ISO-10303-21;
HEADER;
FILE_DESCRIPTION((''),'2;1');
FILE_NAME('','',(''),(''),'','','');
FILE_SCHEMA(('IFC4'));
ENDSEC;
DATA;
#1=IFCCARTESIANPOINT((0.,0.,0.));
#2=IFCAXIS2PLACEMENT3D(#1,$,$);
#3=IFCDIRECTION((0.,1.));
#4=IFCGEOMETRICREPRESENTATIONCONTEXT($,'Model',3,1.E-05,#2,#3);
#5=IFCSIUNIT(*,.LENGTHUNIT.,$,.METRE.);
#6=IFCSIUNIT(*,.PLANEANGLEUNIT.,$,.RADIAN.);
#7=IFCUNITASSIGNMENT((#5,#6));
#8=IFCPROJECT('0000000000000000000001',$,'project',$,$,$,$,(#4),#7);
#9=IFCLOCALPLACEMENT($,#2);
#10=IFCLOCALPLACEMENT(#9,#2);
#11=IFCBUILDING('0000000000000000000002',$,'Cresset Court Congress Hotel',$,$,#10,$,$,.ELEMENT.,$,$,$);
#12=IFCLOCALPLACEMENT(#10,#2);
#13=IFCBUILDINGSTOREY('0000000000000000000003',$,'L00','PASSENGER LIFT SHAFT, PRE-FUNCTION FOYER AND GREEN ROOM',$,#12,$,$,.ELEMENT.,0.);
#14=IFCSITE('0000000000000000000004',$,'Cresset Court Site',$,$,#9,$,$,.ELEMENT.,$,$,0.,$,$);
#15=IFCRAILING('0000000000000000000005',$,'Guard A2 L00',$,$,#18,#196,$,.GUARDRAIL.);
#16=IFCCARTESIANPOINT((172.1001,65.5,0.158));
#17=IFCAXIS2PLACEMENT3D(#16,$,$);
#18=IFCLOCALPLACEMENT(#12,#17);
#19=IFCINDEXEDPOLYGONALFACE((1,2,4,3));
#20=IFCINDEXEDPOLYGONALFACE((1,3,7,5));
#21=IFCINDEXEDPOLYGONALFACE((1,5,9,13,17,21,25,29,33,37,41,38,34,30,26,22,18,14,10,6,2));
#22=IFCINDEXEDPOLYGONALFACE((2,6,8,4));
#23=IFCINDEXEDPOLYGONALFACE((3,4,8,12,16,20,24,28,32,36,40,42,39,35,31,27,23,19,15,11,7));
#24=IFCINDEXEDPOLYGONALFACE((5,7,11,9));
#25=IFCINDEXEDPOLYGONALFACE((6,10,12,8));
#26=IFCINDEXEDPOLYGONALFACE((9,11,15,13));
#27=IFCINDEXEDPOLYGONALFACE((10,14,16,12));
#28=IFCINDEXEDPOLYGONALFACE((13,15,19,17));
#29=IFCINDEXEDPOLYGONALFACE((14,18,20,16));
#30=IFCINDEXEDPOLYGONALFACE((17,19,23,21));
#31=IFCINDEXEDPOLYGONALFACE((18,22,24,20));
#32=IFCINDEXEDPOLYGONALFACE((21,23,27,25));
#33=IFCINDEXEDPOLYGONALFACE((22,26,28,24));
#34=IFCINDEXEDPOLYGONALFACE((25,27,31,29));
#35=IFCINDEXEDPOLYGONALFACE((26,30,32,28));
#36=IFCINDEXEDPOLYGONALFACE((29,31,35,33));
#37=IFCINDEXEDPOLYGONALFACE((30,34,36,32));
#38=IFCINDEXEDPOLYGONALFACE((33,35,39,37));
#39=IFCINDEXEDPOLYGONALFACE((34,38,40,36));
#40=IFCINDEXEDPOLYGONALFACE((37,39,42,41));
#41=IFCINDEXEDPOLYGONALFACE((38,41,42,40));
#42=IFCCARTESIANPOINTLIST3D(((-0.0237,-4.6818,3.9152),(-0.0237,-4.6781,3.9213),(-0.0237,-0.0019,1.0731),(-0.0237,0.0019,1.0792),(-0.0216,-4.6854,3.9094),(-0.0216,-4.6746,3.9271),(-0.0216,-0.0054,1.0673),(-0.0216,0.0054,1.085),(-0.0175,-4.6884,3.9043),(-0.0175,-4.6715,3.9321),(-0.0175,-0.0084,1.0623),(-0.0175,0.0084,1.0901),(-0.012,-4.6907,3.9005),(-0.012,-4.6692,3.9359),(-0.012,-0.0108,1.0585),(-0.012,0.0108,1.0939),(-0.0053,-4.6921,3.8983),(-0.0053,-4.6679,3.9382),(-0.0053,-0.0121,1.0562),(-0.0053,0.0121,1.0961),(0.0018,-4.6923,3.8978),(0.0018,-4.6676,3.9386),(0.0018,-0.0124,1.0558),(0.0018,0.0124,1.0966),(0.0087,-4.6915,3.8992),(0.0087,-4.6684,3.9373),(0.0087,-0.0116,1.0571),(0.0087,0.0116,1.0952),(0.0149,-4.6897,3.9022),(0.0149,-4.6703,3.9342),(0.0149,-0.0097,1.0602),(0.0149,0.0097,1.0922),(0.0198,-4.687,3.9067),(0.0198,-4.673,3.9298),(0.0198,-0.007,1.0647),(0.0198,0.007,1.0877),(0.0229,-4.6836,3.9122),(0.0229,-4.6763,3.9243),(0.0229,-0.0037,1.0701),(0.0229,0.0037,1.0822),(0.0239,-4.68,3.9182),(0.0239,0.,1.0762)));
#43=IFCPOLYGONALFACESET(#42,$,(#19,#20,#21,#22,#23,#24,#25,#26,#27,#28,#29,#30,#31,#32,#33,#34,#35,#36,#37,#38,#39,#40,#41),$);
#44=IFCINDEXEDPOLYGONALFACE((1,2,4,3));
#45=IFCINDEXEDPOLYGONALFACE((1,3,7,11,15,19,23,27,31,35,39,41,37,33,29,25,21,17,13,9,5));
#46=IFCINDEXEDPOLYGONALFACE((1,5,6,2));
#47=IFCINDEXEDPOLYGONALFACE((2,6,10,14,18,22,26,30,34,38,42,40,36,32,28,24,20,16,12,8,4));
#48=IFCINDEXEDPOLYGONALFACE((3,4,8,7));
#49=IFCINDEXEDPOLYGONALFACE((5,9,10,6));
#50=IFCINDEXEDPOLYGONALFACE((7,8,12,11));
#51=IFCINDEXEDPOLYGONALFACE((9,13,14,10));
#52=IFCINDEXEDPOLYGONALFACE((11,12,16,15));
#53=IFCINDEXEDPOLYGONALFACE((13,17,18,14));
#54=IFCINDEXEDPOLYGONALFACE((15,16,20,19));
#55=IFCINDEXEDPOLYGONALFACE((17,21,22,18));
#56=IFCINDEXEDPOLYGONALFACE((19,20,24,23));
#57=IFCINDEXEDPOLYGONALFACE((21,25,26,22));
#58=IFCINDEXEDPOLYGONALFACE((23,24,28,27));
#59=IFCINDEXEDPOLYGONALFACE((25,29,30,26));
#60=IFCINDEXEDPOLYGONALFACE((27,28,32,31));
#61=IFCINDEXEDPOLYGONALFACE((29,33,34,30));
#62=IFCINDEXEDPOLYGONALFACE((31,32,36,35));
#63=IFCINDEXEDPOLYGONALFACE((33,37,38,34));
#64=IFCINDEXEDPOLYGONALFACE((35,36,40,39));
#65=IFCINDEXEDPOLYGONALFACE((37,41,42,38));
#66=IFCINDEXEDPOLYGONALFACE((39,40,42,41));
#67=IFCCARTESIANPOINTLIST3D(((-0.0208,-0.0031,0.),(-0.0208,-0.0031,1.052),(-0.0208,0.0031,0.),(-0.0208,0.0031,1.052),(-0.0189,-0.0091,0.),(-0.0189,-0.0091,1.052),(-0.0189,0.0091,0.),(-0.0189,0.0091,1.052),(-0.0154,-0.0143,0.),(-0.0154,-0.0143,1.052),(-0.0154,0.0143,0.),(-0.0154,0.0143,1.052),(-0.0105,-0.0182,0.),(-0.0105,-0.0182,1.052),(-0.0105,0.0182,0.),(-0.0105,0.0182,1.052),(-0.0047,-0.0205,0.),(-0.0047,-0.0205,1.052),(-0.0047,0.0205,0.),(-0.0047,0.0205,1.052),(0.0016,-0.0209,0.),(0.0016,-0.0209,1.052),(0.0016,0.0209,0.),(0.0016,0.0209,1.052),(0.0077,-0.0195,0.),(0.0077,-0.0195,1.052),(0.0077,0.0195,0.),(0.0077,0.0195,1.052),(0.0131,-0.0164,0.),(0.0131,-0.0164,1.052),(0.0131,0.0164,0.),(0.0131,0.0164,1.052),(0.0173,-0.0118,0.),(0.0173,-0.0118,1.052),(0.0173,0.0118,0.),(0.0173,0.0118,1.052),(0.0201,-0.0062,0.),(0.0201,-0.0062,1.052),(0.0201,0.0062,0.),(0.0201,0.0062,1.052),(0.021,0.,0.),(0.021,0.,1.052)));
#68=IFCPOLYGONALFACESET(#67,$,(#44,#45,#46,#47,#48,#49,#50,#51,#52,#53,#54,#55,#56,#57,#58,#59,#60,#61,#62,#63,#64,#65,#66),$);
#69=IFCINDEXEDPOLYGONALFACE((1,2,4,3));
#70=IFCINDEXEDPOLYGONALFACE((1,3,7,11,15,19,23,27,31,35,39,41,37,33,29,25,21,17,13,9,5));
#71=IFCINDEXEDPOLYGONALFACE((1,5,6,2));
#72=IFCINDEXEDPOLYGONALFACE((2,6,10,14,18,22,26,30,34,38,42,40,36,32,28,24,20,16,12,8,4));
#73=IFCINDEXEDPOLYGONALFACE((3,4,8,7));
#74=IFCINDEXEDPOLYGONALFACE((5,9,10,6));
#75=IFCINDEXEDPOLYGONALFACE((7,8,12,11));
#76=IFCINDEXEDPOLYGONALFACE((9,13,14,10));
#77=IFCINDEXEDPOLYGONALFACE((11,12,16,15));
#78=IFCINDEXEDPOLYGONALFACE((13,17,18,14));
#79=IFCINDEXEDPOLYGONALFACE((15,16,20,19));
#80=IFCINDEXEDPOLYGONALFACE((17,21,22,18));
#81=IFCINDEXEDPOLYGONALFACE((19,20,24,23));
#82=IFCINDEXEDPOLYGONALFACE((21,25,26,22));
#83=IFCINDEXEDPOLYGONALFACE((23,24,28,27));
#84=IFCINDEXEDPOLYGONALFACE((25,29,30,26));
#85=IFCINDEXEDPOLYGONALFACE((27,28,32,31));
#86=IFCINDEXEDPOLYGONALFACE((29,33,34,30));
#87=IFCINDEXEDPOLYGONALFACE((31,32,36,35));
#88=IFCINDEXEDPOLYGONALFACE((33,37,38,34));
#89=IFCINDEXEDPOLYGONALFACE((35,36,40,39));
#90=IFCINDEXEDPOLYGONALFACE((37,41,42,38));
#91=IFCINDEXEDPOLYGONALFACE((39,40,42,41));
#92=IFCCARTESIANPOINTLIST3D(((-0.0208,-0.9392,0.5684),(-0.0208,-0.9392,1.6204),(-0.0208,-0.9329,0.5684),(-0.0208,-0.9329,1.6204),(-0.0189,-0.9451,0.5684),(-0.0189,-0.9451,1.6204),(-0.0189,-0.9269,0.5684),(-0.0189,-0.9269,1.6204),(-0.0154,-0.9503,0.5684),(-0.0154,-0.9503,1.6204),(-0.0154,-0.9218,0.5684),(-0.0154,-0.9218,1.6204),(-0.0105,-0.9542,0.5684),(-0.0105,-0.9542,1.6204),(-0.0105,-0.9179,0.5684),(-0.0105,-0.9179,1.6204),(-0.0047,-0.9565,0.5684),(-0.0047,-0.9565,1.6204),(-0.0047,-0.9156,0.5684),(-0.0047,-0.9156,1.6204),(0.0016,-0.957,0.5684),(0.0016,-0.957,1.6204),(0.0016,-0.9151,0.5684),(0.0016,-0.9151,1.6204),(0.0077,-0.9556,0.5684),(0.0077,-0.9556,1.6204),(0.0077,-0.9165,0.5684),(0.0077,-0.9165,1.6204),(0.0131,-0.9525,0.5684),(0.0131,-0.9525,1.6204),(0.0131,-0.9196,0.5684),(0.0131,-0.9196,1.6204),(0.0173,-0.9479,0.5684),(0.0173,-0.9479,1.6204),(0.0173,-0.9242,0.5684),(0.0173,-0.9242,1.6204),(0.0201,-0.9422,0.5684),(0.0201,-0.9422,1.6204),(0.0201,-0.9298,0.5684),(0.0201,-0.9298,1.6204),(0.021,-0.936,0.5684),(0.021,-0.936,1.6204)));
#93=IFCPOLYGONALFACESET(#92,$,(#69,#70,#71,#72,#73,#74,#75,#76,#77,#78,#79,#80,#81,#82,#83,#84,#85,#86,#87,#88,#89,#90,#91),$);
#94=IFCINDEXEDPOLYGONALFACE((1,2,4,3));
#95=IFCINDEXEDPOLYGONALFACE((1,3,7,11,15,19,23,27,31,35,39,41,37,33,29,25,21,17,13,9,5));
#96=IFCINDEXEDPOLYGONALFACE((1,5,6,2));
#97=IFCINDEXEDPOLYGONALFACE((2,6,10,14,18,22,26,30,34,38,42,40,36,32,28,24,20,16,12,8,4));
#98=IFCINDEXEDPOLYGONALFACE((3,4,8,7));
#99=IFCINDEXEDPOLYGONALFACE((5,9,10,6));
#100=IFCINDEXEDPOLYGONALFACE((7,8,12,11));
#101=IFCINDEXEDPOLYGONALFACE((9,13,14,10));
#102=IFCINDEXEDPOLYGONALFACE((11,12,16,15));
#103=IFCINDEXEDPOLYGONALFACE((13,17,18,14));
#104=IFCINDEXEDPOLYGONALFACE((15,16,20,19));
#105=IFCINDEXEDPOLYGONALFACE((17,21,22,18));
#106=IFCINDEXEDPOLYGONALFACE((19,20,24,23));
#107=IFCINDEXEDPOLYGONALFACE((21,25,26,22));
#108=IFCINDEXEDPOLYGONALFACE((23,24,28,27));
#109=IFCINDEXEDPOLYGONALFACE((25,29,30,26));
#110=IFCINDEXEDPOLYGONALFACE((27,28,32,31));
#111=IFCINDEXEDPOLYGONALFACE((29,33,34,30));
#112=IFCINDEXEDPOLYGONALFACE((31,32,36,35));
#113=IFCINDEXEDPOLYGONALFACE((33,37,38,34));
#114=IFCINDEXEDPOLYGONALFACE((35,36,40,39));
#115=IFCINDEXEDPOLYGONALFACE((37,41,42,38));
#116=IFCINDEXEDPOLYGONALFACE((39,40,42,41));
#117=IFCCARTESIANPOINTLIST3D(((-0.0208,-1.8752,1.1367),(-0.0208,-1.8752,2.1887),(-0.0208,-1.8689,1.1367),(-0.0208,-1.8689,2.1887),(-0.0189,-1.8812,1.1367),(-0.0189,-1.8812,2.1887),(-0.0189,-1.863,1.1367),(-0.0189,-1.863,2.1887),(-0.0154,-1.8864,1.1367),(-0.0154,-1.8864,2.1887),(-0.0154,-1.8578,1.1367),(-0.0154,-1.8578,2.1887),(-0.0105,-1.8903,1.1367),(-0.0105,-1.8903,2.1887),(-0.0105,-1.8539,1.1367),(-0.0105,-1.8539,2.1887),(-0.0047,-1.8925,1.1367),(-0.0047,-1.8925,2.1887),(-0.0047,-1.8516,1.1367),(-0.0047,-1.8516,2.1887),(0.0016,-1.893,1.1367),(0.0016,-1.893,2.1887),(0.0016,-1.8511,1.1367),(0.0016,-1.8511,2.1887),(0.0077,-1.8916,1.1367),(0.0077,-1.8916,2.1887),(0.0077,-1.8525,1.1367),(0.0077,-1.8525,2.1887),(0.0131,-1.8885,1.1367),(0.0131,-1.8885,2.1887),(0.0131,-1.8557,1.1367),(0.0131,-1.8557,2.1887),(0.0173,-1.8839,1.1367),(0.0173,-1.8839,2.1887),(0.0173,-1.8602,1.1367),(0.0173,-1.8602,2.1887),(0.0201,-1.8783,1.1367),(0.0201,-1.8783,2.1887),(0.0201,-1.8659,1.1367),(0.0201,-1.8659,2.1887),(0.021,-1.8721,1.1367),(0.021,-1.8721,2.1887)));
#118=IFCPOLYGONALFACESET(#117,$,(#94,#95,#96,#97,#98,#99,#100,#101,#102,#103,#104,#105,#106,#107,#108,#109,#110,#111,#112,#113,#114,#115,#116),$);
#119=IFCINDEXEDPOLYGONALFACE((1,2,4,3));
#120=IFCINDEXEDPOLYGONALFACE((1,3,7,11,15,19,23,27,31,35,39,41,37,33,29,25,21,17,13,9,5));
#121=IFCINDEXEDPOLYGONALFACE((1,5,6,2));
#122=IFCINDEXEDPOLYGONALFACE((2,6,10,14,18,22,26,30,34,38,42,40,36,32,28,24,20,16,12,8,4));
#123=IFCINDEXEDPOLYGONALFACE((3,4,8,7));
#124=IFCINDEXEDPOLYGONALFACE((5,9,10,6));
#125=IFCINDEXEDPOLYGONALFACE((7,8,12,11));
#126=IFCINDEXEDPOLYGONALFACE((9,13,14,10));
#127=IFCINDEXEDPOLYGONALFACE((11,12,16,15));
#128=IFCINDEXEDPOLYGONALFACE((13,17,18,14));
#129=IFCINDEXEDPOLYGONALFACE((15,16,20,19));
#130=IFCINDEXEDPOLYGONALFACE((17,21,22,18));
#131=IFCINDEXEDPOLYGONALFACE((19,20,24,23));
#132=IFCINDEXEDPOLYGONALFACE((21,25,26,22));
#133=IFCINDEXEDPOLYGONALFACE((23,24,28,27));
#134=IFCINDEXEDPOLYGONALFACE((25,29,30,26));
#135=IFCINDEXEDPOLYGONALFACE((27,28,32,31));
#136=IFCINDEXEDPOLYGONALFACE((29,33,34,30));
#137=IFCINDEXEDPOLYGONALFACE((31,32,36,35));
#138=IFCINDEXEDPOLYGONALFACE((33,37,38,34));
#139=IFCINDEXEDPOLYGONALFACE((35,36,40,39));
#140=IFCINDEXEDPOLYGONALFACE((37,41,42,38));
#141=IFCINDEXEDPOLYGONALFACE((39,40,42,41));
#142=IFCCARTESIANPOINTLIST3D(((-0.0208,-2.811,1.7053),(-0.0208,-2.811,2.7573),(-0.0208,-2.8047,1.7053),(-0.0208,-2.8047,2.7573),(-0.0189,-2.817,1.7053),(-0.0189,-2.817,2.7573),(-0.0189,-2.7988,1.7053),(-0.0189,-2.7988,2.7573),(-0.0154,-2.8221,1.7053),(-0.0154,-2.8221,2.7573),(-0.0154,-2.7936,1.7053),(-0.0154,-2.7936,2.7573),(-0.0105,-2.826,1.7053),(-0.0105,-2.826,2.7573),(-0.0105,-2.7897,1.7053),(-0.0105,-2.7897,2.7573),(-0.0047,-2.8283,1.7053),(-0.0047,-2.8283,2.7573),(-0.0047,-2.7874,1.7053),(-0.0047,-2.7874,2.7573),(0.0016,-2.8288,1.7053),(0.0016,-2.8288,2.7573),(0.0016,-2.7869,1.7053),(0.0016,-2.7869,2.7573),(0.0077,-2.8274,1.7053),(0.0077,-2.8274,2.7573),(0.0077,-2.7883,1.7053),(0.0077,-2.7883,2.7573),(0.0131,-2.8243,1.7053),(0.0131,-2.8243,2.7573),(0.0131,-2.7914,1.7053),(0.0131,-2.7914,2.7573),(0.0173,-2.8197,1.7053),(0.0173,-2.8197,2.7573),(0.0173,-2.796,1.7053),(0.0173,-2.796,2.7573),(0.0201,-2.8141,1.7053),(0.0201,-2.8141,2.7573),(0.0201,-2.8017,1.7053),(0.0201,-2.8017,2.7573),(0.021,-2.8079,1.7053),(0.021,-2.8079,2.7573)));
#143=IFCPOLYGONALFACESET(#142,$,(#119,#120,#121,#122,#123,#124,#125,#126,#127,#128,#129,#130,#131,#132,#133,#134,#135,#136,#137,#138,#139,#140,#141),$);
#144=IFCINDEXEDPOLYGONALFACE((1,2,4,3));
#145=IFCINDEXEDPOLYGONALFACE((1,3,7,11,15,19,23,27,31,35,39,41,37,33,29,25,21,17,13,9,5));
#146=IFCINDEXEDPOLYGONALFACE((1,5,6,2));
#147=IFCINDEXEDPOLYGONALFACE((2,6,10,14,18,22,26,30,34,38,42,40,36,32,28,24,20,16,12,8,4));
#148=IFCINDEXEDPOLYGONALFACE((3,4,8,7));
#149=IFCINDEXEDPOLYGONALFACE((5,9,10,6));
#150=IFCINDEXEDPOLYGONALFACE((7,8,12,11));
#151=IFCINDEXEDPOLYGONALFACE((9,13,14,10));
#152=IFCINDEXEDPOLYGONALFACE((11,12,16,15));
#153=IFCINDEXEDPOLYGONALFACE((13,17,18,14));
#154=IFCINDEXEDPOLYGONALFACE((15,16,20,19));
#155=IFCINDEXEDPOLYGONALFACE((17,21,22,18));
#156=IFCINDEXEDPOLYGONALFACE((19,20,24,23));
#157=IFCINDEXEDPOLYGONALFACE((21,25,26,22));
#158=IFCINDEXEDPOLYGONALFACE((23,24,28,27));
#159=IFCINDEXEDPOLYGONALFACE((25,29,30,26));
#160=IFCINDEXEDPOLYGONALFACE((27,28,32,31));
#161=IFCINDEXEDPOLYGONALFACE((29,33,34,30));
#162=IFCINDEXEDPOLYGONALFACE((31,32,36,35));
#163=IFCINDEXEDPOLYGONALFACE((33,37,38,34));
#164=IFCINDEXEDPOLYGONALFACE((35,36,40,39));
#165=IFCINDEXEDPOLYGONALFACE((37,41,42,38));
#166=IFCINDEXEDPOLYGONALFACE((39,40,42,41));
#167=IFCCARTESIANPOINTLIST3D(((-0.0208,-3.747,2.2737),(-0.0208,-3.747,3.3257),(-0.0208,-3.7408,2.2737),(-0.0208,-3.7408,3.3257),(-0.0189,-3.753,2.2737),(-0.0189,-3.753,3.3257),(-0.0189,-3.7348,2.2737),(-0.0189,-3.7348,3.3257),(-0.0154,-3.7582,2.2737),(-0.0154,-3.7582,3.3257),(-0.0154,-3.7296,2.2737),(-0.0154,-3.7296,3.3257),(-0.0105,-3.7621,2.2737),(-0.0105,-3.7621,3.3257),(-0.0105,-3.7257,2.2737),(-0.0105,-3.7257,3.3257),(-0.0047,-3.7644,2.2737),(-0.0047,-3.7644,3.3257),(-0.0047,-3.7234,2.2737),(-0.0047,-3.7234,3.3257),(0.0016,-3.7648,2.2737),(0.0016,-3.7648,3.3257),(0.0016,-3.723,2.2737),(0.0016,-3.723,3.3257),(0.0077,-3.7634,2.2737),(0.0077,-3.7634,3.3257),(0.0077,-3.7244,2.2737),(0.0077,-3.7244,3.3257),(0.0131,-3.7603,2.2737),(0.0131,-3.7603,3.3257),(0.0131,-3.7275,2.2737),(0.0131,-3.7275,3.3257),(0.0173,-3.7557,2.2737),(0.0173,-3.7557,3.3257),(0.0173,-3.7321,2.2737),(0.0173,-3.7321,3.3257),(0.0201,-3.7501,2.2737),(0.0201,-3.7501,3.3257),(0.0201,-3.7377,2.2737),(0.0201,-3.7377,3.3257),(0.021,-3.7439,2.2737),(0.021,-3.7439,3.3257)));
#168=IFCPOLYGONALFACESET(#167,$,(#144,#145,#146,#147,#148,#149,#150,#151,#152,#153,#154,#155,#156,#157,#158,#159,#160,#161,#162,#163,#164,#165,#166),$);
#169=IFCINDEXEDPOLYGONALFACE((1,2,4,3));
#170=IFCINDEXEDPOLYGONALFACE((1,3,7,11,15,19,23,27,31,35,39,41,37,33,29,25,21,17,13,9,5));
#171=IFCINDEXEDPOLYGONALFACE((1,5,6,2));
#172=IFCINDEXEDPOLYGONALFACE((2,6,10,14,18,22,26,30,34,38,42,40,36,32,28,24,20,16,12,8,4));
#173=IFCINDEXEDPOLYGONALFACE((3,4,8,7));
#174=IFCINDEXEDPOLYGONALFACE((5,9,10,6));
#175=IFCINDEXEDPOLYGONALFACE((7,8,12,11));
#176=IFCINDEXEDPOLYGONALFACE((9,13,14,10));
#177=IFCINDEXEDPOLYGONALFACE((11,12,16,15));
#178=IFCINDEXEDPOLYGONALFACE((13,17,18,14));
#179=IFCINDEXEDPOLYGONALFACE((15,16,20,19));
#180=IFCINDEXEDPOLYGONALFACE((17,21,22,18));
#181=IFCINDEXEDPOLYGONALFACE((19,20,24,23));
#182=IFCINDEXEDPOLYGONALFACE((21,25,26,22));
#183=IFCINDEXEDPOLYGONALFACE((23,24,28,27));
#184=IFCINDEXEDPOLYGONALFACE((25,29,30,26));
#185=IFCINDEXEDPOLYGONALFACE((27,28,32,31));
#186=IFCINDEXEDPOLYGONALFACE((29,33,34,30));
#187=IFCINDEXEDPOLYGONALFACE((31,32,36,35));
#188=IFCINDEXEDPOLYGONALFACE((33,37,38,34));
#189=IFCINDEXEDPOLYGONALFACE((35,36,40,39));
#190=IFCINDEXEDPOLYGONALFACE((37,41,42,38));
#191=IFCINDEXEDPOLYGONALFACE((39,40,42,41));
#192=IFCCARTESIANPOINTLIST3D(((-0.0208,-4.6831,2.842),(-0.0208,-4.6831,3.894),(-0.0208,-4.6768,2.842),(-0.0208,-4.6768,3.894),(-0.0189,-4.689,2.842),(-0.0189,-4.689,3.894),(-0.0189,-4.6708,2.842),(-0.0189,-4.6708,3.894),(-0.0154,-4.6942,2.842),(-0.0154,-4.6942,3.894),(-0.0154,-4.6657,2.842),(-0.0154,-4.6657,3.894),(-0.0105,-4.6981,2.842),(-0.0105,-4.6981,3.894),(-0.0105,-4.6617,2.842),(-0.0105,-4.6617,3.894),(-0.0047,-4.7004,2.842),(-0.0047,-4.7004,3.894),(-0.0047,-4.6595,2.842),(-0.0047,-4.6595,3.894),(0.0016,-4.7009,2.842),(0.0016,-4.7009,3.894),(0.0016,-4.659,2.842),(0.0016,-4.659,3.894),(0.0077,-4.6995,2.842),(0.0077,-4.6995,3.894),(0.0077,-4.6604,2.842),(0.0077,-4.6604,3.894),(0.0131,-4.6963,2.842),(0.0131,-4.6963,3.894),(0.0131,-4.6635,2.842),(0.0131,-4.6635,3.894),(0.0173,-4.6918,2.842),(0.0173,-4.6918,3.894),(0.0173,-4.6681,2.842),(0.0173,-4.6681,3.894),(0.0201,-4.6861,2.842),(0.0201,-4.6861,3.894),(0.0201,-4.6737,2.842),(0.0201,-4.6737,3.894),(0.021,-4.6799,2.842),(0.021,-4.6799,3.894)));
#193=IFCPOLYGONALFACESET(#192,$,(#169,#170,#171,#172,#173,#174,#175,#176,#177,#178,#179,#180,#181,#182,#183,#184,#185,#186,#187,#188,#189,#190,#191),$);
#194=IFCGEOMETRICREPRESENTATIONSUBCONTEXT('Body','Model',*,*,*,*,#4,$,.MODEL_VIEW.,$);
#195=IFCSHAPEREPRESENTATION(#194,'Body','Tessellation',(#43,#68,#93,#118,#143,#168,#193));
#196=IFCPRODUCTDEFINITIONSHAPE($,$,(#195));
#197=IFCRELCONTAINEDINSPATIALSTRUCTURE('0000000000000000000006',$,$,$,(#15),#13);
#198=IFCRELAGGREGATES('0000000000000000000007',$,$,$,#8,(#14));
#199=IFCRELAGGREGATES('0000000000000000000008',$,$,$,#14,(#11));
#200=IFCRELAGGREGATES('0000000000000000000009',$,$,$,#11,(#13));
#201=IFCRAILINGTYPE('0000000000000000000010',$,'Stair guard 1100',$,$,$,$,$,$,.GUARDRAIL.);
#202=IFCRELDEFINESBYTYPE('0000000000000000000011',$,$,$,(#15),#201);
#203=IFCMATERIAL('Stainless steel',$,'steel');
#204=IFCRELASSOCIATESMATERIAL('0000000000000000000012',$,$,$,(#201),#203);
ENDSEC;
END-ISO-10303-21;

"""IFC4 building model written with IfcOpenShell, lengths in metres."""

from ifc_helpers import new_model, si_unit, direction, frame, origin, origin_2d, place, context, subcontext, project, spatial, circle, extrude, material, type_object, element, save


model = new_model("IFC4")

# Units and contexts
model_context = context("Model", 3, precision=1e-05, world=origin(), true_north=direction((0.0, 1.0)))
body_context = subcontext(model_context, "Body", "Model", "MODEL_VIEW")
ifc_project = project(units=[si_unit("LENGTHUNIT", "METRE"), si_unit("PLANEANGLEUNIT", "RADIAN")], contexts=[model_context])

# Site, building, storey
site_placement = place(None, origin())
site = spatial("IfcSite", under=ifc_project, at=site_placement, Name="Cresset Court Site", CompositionType="ELEMENT", RefElevation=0.0)
building_placement = place(site_placement, origin())
building = spatial("IfcBuilding", under=site, at=building_placement, Name="Cresset Court Congress Hotel", CompositionType="ELEMENT")
storey_placement = place(building_placement, origin())
storey = spatial("IfcBuildingStorey", under=building, at=storey_placement, Name="L00", Description="PASSENGER LIFT SHAFT, PRE-FUNCTION FOYER AND GREEN ROOM", CompositionType="ELEMENT", Elevation=0.0)

# Railing
ifc_material_1 = material(Name="Stainless steel", Category="steel")
railing_type_1 = type_object("IfcRailingType", Name="Stair guard 1100", PredefinedType="GUARDRAIL", material=ifc_material_1)
railing_1_placement = place(storey_placement, frame((172.1001, 65.5, 0.158)))
element("IfcRailing", 1, at=railing_1_placement, inside=storey, type_object=railing_type_1, Name="Guard A2 L00", PredefinedType="GUARDRAIL", context=body_context, shape_type="SweptSolid", body=[
    extrude(circle(Radius=0.0239, at=origin_2d()), frame((0.0, 0.0, 1.0762), z_axis=(0.0, -0.854735, 0.519065), x_axis=(1.0, 0.0, 0.0)), (0.0, 0.0, 1.0), 5.4753),
    extrude(circle(Radius=0.021, at=origin_2d()), origin(), (0.0, 0.0, 1.0), 1.052),
    extrude(circle(Radius=0.021, at=origin_2d()), frame((0.0, -0.936, 0.5684)), (0.0, 0.0, 1.0), 1.052),
    extrude(circle(Radius=0.021, at=origin_2d()), frame((0.0, -1.8721, 1.1367)), (0.0, 0.0, 1.0), 1.052),
    extrude(circle(Radius=0.021, at=origin_2d()), frame((0.0, -2.8079, 1.7053)), (0.0, 0.0, 1.0), 1.052),
    extrude(circle(Radius=0.021, at=origin_2d()), frame((0.0, -3.7439, 2.2737)), (0.0, 0.0, 1.0), 1.052),
    extrude(circle(Radius=0.021, at=origin_2d()), frame((0.0, -4.6799, 2.842)), (0.0, 0.0, 1.0), 1.052),
])

save(model, "model.ifc")
